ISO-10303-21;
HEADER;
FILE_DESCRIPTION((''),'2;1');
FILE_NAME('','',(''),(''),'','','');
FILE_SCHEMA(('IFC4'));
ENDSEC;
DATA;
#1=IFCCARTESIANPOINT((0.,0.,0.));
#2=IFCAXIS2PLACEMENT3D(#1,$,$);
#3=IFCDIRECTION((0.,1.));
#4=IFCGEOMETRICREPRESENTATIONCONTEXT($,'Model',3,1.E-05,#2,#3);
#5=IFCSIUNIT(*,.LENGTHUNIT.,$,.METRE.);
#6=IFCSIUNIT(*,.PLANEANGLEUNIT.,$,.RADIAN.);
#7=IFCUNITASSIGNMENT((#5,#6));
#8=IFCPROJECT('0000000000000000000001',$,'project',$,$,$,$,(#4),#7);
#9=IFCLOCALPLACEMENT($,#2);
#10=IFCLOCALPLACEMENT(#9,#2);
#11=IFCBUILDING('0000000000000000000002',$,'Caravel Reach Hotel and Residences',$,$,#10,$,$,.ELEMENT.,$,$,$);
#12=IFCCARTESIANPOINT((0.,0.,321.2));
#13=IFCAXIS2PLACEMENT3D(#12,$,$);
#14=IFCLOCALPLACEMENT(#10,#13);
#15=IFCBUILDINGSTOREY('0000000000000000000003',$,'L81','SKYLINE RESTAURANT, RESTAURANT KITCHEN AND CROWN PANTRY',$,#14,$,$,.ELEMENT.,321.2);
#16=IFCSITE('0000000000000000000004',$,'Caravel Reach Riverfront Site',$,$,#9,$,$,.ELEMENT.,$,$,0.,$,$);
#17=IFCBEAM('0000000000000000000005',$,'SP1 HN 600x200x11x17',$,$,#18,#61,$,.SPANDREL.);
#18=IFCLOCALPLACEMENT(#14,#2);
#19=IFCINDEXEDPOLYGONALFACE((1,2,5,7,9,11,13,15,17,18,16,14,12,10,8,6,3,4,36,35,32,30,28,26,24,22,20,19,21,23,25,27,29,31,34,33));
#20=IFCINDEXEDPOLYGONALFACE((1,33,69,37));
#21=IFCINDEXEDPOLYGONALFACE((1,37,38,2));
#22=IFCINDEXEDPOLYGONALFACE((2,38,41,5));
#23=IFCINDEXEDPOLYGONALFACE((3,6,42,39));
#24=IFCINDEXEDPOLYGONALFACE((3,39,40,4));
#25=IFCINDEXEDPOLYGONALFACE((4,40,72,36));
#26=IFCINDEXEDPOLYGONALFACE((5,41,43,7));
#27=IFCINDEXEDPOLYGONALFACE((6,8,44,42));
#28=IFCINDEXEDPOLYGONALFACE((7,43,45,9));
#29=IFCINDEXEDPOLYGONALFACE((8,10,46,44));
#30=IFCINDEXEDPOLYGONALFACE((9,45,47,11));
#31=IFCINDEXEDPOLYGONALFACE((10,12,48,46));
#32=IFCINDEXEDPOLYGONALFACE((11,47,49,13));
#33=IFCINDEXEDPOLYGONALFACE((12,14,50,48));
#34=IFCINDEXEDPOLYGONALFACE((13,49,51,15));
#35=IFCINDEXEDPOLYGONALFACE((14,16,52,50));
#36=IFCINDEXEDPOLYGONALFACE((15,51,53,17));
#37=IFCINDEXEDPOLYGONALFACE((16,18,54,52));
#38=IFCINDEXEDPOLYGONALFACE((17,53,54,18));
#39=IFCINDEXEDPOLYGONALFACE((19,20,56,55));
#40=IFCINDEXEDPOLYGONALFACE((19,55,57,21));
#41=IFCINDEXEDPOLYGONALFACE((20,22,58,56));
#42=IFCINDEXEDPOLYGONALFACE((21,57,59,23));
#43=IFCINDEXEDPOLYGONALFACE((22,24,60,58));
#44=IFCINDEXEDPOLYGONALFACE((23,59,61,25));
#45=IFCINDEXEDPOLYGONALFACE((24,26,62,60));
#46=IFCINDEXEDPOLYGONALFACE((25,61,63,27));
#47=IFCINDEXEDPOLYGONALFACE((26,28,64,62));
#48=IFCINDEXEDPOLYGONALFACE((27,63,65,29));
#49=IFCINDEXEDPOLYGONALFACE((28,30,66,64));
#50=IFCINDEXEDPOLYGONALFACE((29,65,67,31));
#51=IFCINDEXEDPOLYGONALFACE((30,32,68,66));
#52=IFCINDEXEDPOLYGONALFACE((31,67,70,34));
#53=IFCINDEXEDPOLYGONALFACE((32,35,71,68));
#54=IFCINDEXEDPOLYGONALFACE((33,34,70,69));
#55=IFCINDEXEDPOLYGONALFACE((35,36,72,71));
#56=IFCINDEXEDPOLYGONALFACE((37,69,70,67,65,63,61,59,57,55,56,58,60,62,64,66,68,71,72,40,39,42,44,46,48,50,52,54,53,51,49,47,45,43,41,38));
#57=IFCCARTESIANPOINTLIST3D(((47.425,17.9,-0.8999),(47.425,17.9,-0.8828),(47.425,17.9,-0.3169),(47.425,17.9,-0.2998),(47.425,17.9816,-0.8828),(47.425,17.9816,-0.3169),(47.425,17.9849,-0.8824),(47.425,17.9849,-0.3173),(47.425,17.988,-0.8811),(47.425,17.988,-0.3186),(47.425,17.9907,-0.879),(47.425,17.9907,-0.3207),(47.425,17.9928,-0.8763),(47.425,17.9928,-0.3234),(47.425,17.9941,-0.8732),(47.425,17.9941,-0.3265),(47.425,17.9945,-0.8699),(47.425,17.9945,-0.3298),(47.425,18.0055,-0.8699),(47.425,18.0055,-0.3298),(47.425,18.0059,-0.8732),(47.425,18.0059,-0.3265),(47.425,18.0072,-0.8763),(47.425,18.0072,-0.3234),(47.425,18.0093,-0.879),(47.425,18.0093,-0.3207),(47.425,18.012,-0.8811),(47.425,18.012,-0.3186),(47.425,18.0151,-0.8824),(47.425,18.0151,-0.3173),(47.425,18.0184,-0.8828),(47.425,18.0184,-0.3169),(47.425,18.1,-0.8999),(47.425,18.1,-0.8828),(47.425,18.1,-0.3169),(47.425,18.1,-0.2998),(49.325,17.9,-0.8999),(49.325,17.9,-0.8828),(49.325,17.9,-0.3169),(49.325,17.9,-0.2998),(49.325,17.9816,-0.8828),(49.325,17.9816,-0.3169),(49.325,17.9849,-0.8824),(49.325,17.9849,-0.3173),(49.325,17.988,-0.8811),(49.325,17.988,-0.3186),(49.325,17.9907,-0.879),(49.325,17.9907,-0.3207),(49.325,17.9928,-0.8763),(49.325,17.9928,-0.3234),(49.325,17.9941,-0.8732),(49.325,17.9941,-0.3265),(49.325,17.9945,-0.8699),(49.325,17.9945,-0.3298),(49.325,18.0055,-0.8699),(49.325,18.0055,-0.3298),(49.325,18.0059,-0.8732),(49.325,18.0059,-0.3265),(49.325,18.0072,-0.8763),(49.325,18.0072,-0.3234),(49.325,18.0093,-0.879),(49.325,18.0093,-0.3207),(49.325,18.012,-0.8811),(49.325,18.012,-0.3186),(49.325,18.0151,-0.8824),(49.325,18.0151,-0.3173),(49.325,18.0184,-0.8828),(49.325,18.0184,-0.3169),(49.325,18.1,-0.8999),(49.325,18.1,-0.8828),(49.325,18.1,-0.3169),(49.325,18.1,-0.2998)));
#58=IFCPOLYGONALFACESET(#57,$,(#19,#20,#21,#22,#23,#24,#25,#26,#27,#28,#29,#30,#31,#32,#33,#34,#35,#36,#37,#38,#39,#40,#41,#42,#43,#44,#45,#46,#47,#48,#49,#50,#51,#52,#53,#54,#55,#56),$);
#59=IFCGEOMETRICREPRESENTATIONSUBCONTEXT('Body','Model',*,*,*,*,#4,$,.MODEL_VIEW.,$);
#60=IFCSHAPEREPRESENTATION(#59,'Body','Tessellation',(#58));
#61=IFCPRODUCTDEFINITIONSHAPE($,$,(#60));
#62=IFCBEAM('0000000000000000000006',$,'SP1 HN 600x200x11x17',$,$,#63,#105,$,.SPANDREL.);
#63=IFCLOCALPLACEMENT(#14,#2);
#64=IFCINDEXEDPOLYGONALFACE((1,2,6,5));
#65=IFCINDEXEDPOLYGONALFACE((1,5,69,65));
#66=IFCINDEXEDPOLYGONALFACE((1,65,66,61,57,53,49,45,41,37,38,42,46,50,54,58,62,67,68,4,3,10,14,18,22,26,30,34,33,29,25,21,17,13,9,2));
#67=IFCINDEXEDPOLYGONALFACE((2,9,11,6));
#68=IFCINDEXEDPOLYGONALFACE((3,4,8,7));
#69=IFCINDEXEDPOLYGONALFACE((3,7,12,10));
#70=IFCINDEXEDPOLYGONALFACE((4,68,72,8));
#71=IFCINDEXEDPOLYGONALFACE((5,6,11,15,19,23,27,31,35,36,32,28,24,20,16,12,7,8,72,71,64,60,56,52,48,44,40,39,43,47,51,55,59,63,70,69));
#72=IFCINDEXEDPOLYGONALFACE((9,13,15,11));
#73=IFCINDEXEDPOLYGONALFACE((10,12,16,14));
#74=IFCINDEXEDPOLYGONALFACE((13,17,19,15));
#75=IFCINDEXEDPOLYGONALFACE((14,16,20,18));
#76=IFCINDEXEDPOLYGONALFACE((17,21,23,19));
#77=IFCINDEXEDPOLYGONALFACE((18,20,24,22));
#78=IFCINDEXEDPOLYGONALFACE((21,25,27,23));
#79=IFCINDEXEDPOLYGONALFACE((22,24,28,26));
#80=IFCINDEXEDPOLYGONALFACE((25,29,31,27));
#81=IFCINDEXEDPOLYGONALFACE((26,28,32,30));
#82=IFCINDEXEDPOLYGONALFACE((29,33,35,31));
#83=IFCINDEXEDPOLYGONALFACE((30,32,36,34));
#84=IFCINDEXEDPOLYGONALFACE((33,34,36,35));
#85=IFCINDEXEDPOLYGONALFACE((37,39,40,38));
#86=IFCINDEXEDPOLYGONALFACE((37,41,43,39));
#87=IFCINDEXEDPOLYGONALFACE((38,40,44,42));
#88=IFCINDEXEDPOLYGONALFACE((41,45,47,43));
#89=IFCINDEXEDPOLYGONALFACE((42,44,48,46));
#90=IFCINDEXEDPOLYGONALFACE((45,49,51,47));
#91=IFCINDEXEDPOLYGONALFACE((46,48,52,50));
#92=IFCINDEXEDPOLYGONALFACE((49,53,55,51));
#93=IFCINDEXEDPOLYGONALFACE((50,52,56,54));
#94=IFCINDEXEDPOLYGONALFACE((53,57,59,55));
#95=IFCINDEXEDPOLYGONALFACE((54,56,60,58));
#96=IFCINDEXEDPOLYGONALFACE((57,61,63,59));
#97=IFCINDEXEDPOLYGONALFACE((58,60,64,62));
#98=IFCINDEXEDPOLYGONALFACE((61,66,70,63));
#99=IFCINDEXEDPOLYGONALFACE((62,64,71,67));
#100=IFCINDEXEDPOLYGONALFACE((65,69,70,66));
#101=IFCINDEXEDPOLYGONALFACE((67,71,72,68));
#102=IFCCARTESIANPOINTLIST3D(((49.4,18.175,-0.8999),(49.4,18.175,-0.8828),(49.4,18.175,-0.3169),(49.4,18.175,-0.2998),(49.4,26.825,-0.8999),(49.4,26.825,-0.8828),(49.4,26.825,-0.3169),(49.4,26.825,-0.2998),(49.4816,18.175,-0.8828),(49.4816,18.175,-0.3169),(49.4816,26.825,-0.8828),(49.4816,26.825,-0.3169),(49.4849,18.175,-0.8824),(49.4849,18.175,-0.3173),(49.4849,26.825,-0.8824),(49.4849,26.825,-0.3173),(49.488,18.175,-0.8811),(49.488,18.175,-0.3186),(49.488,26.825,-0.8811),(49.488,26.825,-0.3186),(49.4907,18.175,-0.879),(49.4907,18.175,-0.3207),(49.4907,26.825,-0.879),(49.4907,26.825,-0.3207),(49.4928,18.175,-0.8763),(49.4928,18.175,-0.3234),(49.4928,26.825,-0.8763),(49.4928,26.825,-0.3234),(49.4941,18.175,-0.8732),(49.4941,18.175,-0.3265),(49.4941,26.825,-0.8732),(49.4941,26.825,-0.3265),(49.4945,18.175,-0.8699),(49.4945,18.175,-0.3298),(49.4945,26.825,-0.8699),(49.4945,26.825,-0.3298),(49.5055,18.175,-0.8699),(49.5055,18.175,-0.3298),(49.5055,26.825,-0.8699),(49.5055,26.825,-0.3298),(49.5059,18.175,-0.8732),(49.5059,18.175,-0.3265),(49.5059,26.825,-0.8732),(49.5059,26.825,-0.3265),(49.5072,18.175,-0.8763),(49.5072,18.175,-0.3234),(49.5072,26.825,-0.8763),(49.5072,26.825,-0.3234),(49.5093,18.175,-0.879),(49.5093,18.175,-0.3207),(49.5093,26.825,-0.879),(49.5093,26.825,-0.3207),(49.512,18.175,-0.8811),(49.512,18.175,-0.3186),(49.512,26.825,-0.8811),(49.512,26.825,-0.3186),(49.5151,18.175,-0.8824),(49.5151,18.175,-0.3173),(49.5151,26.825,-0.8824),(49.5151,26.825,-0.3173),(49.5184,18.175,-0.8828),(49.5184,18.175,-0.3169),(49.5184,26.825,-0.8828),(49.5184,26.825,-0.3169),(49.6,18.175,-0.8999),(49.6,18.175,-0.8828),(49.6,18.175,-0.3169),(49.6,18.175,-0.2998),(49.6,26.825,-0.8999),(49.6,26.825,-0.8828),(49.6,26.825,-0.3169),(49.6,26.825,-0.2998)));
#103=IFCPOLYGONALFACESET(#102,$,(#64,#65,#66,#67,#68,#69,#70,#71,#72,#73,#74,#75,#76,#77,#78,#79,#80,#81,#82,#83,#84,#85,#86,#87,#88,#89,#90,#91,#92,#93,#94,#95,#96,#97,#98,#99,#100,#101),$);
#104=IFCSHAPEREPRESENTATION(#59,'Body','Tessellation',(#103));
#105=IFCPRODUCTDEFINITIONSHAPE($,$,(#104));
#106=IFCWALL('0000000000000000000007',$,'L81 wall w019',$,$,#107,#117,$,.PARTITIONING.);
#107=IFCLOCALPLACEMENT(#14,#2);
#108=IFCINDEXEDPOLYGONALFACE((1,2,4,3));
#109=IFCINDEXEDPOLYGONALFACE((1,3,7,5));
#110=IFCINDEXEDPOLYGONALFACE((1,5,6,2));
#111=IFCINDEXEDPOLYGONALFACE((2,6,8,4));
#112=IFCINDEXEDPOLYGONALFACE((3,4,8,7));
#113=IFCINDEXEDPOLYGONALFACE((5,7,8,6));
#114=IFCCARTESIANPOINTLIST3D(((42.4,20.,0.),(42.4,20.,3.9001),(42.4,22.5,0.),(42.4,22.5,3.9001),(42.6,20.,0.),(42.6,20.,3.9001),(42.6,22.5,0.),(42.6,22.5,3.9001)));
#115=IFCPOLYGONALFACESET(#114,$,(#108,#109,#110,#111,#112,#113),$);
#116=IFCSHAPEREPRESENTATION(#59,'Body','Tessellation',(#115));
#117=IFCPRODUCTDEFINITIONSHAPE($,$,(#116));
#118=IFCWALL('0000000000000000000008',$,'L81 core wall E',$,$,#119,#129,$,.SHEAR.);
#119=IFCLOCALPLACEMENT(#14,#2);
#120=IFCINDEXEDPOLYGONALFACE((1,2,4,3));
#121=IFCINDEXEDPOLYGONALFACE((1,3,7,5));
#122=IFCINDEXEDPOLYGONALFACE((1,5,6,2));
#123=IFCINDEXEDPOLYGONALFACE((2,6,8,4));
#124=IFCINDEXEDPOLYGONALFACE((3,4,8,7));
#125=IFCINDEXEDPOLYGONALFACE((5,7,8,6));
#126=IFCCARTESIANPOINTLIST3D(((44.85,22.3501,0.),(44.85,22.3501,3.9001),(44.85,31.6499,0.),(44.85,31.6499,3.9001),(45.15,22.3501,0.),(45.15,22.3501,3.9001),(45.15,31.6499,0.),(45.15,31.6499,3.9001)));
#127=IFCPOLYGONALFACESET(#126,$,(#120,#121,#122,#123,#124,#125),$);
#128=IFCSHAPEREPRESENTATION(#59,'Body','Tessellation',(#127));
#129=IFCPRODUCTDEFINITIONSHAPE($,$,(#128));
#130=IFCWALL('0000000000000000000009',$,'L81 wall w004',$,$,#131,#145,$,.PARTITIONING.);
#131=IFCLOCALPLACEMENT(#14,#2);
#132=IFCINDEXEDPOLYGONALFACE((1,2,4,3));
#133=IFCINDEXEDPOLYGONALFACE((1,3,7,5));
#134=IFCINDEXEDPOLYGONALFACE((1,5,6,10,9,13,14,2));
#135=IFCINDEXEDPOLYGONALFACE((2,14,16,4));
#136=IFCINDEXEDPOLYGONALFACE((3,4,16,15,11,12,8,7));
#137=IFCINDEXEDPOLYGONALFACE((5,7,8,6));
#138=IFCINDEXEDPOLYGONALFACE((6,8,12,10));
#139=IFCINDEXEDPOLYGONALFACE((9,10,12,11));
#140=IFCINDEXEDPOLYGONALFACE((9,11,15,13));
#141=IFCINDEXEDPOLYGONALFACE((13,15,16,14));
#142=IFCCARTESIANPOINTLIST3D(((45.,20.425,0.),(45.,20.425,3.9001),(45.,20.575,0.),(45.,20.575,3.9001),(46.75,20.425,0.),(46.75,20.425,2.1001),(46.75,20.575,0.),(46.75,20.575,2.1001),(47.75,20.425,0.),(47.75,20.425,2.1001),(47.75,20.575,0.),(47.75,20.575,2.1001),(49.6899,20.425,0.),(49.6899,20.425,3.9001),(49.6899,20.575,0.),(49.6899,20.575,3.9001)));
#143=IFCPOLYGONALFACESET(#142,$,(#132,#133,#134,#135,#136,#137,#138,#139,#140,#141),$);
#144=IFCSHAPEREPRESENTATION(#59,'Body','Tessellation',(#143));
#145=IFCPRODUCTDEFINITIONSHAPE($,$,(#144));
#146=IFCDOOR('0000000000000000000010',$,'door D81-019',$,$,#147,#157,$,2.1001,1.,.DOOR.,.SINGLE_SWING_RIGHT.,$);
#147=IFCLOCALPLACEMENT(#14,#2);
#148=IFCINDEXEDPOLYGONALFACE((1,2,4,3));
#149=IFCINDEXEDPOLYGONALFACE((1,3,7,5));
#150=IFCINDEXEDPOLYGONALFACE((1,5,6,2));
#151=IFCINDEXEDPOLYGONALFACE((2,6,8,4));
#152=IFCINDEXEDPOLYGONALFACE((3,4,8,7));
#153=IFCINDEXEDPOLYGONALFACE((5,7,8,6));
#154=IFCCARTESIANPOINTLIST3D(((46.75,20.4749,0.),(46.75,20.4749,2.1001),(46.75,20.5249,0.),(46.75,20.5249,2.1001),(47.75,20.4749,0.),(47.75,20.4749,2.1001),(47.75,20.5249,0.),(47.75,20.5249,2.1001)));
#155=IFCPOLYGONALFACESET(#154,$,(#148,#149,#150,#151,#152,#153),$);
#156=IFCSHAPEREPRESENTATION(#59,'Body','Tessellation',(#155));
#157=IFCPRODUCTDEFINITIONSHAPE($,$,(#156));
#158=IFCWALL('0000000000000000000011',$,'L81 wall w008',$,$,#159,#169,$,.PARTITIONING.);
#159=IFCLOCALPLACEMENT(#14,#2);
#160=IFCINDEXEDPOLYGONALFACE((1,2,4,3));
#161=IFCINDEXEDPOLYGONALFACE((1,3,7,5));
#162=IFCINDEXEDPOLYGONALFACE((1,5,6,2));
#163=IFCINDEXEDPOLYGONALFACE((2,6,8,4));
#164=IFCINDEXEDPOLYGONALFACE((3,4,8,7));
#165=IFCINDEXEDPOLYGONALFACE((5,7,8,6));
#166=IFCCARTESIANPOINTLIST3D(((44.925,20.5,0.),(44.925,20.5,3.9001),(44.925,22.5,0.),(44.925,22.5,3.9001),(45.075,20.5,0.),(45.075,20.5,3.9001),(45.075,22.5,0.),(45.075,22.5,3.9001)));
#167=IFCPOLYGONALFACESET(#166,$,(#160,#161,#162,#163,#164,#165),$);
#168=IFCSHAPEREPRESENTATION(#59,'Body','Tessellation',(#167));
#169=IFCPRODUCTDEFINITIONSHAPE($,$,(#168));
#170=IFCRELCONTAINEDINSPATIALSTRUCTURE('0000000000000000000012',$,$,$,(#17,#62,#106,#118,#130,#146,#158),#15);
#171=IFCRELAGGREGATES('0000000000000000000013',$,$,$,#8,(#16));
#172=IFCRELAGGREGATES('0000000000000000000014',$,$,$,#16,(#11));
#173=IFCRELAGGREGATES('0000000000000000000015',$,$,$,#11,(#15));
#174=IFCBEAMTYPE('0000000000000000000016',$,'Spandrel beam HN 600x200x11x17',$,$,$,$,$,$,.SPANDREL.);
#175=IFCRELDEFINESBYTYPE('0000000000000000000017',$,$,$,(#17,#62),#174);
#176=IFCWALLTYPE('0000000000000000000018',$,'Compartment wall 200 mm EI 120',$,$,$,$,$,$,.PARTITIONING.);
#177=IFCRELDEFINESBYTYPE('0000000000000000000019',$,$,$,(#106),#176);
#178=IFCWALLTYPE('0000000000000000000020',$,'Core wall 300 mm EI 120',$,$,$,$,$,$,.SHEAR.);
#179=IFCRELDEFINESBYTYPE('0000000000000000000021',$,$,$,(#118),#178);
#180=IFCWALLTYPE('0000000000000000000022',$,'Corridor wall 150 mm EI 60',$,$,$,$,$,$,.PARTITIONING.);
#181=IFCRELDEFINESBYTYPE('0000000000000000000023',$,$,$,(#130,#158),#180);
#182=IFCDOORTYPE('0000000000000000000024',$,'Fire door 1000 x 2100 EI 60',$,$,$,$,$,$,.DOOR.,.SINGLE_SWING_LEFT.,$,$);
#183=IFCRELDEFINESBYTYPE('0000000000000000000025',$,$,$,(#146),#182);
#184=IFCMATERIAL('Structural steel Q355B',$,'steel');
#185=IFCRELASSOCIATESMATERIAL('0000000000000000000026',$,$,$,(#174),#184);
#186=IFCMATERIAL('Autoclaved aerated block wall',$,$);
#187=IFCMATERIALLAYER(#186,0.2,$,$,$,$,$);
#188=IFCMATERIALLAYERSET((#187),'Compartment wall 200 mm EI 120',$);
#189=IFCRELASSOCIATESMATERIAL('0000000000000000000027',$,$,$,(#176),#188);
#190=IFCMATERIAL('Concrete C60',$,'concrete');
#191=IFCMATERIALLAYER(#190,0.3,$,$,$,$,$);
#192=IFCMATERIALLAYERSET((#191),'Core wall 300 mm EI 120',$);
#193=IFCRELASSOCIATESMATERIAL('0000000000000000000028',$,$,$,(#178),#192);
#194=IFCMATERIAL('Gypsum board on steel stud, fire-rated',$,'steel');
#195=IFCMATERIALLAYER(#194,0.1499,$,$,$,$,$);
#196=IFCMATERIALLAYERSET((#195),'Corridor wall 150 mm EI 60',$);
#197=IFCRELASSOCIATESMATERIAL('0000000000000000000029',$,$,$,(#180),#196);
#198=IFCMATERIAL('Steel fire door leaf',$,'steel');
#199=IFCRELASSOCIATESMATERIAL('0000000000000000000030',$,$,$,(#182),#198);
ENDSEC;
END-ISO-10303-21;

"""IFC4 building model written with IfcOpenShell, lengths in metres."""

from ifc_helpers import new_model, si_unit, direction, frame, frame_2d, origin, origin_2d, place, context, subcontext, project, spatial, rectangle, i_section, extrude, material, layer, layer_set, material_profile, profile_set, type_object, element, fill, save


model = new_model("IFC4")

# Units and contexts
model_context = context("Model", 3, precision=1e-05, world=origin(), true_north=direction((0.0, 1.0)))
body_context = subcontext(model_context, "Body", "Model", "MODEL_VIEW")
ifc_project = project(units=[si_unit("LENGTHUNIT", "METRE"), si_unit("PLANEANGLEUNIT", "RADIAN")], contexts=[model_context])

# Site, building, storey
site_placement = place(None, origin())
site = spatial("IfcSite", under=ifc_project, at=site_placement, Name="Caravel Reach Riverfront Site", CompositionType="ELEMENT", RefElevation=0.0)
building_placement = place(site_placement, origin())
building = spatial("IfcBuilding", under=site, at=building_placement, Name="Caravel Reach Hotel and Residences", CompositionType="ELEMENT")
storey_placement = place(building_placement, frame((0.0, 0.0, 321.2)))
storey = spatial("IfcBuildingStorey", under=building, at=storey_placement, Name="L81", Description="SKYLINE RESTAURANT, RESTAURANT KITCHEN AND CROWN PANTRY", CompositionType="ELEMENT", Elevation=321.2)

# Beams
ifc_material_1 = material(Name="Structural steel Q355B", Category="steel")
ifc_material_profile_1 = material_profile(ifc_material_1, i_section(OverallWidth=0.2, OverallDepth=0.6001, WebThickness=0.011, FlangeThickness=0.0171, FilletRadius=0.0129, at=origin_2d()), Name="HN 600x200x11x17")
ifc_profile_set_1 = profile_set([ifc_material_profile_1], Name="Structural steel Q355B")
beam_type = type_object("IfcBeamType", Name="Spandrel beam HN 600x200x11x17", PredefinedType="SPANDREL", material=ifc_profile_set_1)
for number, where, z_axis, x_axis, name in (
    (1, (47.425, 18.0, -0.5999), (1.0, 0.0, 0.0), (0.0, 1.0, 0.0), "SP1 HN 600x200x11x17"),
):
    element("IfcBeam", number, at=place(storey_placement, frame(where, z_axis=z_axis, x_axis=x_axis)), inside=storey, type_object=beam_type, Name=name, PredefinedType="SPANDREL", context=body_context, shape_type="SweptSolid", body=[
        extrude(i_section(OverallWidth=0.2, OverallDepth=0.6001, WebThickness=0.011, FlangeThickness=0.0171, FilletRadius=0.0129, at=origin_2d()), origin(), (0.0, 0.0, 1.0), 1.8999),
    ])
beam_placement = place(storey_placement, frame((49.5, 18.175, -0.5999), z_axis=(0.0, 1.0, 0.0), x_axis=(-1.0, 0.0, 0.0)))
element("IfcBeam", 2, at=beam_placement, inside=storey, type_object=beam_type, Name="SP1 HN 600x200x11x17", PredefinedType="SPANDREL", context=body_context, shape_type="SweptSolid", body=[
    extrude(i_section(OverallWidth=0.2, OverallDepth=0.6001, WebThickness=0.011, FlangeThickness=0.0171, FilletRadius=0.0129, at=origin_2d()), origin(), (0.0, 0.0, 1.0), 8.6499),
])

# Walls
ifc_material_2 = material(Name="Autoclaved aerated block wall")
ifc_layer_1 = layer(ifc_material_2, 0.2)
ifc_layer_set_1 = layer_set([ifc_layer_1], Name="Compartment wall 200 mm EI 120")
wall_type_1 = type_object("IfcWallType", Name="Compartment wall 200 mm EI 120", PredefinedType="PARTITIONING", material=ifc_layer_set_1)
wall_1_placement = place(storey_placement, frame((42.5, 20.0, 0.0), z_axis=(0.0, 0.0, 1.0), x_axis=(0.0, 1.0, 0.0)))
element("IfcWall", 3, at=wall_1_placement, inside=storey, type_object=wall_type_1, Name="L81 wall w019", PredefinedType="PARTITIONING", context=body_context, shape_type="SweptSolid", body=[
    extrude(rectangle(XDim=2.5, YDim=0.2, at=frame_2d((1.25, 0.0))), origin(), (0.0, 0.0, 1.0), 3.9001),
])
ifc_material_3 = material(Name="Concrete C60", Category="concrete")
ifc_layer_2 = layer(ifc_material_3, 0.3)
ifc_layer_set_2 = layer_set([ifc_layer_2], Name="Core wall 300 mm EI 120")
wall_type_2 = type_object("IfcWallType", Name="Core wall 300 mm EI 120", PredefinedType="SHEAR", material=ifc_layer_set_2)
wall_2_placement = place(storey_placement, frame((45.0, 22.3501, 0.0), z_axis=(0.0, 0.0, 1.0), x_axis=(0.0, 1.0, 0.0)))
element("IfcWall", 4, at=wall_2_placement, inside=storey, type_object=wall_type_2, Name="L81 core wall E", PredefinedType="SHEAR", context=body_context, shape_type="SweptSolid", body=[
    extrude(rectangle(XDim=9.2998, YDim=0.3, at=frame_2d((4.6499, 0.0))), origin(), (0.0, 0.0, 1.0), 3.9001),
])

# Wall, opening, door
ifc_material_4 = material(Name="Gypsum board on steel stud, fire-rated", Category="steel")
ifc_layer_3 = layer(ifc_material_4, 0.1499)
ifc_layer_set_3 = layer_set([ifc_layer_3], Name="Corridor wall 150 mm EI 60")
wall_type_3 = type_object("IfcWallType", Name="Corridor wall 150 mm EI 60", PredefinedType="PARTITIONING", material=ifc_layer_set_3)
wall_3_placement = place(storey_placement, frame((45.0, 20.5, 0.0), z_axis=(0.0, 0.0, 1.0), x_axis=(1.0, 0.0, 0.0)))
wall_3 = element("IfcWall", 5, at=wall_3_placement, inside=storey, type_object=wall_type_3, Name="L81 wall w004", PredefinedType="PARTITIONING", context=body_context, shape_type="SweptSolid", body=[
    extrude(rectangle(XDim=4.6899, YDim=0.1499, at=frame_2d((2.345, 0.0))), origin(), (0.0, 0.0, 1.0), 3.9001),
])
opening_1_placement = place(wall_3_placement, frame((1.75, 0.0, 0.0)))
opening_1 = element("IfcOpeningElement", 6, at=opening_1_placement, cuts=wall_3, PredefinedType="OPENING", context=body_context, shape_type="SweptSolid", body=[
    extrude(rectangle(XDim=1.0, YDim=2.1001, at=frame_2d((0.5, 1.05))), frame((0.0, 0.085, 0.0), z_axis=(0.0, -1.0, 0.0), x_axis=(1.0, 0.0, 0.0)), (0.0, 0.0, 1.0), 0.1699),
])
ifc_material_5 = material(Name="Steel fire door leaf", Category="steel")
door_type_1 = type_object("IfcDoorType", Name="Fire door 1000 x 2100 EI 60", OperationType="SINGLE_SWING_LEFT", PredefinedType="DOOR", material=ifc_material_5)
door_1_placement = place(opening_1_placement, origin())
door_1 = element("IfcDoor", 7, at=door_1_placement, inside=storey, type_object=door_type_1, Name="door D81-019", OperationType="SINGLE_SWING_RIGHT", OverallHeight=2.1001, OverallWidth=1.0, PredefinedType="DOOR", context=body_context, shape_type="SweptSolid", body=[
    extrude(rectangle(XDim=1.0, YDim=2.1001, at=frame_2d((0.5, 1.05))), frame((0.0, 0.0249, 0.0), z_axis=(0.0, -1.0, 0.0), x_axis=(1.0, 0.0, 0.0)), (0.0, 0.0, 1.0), 0.05),
])
fill(opening_1, door_1)

# Wall
wall_4_placement = place(storey_placement, frame((45.0, 20.5, 0.0), z_axis=(0.0, 0.0, 1.0), x_axis=(0.0, 1.0, 0.0)))
element("IfcWall", 8, at=wall_4_placement, inside=storey, type_object=wall_type_3, Name="L81 wall w008", PredefinedType="PARTITIONING", context=body_context, shape_type="SweptSolid", body=[
    extrude(rectangle(XDim=2.0, YDim=0.1499, at=frame_2d((1.0, 0.0))), origin(), (0.0, 0.0, 1.0), 3.9001),
])

save(model, "model.ifc")
